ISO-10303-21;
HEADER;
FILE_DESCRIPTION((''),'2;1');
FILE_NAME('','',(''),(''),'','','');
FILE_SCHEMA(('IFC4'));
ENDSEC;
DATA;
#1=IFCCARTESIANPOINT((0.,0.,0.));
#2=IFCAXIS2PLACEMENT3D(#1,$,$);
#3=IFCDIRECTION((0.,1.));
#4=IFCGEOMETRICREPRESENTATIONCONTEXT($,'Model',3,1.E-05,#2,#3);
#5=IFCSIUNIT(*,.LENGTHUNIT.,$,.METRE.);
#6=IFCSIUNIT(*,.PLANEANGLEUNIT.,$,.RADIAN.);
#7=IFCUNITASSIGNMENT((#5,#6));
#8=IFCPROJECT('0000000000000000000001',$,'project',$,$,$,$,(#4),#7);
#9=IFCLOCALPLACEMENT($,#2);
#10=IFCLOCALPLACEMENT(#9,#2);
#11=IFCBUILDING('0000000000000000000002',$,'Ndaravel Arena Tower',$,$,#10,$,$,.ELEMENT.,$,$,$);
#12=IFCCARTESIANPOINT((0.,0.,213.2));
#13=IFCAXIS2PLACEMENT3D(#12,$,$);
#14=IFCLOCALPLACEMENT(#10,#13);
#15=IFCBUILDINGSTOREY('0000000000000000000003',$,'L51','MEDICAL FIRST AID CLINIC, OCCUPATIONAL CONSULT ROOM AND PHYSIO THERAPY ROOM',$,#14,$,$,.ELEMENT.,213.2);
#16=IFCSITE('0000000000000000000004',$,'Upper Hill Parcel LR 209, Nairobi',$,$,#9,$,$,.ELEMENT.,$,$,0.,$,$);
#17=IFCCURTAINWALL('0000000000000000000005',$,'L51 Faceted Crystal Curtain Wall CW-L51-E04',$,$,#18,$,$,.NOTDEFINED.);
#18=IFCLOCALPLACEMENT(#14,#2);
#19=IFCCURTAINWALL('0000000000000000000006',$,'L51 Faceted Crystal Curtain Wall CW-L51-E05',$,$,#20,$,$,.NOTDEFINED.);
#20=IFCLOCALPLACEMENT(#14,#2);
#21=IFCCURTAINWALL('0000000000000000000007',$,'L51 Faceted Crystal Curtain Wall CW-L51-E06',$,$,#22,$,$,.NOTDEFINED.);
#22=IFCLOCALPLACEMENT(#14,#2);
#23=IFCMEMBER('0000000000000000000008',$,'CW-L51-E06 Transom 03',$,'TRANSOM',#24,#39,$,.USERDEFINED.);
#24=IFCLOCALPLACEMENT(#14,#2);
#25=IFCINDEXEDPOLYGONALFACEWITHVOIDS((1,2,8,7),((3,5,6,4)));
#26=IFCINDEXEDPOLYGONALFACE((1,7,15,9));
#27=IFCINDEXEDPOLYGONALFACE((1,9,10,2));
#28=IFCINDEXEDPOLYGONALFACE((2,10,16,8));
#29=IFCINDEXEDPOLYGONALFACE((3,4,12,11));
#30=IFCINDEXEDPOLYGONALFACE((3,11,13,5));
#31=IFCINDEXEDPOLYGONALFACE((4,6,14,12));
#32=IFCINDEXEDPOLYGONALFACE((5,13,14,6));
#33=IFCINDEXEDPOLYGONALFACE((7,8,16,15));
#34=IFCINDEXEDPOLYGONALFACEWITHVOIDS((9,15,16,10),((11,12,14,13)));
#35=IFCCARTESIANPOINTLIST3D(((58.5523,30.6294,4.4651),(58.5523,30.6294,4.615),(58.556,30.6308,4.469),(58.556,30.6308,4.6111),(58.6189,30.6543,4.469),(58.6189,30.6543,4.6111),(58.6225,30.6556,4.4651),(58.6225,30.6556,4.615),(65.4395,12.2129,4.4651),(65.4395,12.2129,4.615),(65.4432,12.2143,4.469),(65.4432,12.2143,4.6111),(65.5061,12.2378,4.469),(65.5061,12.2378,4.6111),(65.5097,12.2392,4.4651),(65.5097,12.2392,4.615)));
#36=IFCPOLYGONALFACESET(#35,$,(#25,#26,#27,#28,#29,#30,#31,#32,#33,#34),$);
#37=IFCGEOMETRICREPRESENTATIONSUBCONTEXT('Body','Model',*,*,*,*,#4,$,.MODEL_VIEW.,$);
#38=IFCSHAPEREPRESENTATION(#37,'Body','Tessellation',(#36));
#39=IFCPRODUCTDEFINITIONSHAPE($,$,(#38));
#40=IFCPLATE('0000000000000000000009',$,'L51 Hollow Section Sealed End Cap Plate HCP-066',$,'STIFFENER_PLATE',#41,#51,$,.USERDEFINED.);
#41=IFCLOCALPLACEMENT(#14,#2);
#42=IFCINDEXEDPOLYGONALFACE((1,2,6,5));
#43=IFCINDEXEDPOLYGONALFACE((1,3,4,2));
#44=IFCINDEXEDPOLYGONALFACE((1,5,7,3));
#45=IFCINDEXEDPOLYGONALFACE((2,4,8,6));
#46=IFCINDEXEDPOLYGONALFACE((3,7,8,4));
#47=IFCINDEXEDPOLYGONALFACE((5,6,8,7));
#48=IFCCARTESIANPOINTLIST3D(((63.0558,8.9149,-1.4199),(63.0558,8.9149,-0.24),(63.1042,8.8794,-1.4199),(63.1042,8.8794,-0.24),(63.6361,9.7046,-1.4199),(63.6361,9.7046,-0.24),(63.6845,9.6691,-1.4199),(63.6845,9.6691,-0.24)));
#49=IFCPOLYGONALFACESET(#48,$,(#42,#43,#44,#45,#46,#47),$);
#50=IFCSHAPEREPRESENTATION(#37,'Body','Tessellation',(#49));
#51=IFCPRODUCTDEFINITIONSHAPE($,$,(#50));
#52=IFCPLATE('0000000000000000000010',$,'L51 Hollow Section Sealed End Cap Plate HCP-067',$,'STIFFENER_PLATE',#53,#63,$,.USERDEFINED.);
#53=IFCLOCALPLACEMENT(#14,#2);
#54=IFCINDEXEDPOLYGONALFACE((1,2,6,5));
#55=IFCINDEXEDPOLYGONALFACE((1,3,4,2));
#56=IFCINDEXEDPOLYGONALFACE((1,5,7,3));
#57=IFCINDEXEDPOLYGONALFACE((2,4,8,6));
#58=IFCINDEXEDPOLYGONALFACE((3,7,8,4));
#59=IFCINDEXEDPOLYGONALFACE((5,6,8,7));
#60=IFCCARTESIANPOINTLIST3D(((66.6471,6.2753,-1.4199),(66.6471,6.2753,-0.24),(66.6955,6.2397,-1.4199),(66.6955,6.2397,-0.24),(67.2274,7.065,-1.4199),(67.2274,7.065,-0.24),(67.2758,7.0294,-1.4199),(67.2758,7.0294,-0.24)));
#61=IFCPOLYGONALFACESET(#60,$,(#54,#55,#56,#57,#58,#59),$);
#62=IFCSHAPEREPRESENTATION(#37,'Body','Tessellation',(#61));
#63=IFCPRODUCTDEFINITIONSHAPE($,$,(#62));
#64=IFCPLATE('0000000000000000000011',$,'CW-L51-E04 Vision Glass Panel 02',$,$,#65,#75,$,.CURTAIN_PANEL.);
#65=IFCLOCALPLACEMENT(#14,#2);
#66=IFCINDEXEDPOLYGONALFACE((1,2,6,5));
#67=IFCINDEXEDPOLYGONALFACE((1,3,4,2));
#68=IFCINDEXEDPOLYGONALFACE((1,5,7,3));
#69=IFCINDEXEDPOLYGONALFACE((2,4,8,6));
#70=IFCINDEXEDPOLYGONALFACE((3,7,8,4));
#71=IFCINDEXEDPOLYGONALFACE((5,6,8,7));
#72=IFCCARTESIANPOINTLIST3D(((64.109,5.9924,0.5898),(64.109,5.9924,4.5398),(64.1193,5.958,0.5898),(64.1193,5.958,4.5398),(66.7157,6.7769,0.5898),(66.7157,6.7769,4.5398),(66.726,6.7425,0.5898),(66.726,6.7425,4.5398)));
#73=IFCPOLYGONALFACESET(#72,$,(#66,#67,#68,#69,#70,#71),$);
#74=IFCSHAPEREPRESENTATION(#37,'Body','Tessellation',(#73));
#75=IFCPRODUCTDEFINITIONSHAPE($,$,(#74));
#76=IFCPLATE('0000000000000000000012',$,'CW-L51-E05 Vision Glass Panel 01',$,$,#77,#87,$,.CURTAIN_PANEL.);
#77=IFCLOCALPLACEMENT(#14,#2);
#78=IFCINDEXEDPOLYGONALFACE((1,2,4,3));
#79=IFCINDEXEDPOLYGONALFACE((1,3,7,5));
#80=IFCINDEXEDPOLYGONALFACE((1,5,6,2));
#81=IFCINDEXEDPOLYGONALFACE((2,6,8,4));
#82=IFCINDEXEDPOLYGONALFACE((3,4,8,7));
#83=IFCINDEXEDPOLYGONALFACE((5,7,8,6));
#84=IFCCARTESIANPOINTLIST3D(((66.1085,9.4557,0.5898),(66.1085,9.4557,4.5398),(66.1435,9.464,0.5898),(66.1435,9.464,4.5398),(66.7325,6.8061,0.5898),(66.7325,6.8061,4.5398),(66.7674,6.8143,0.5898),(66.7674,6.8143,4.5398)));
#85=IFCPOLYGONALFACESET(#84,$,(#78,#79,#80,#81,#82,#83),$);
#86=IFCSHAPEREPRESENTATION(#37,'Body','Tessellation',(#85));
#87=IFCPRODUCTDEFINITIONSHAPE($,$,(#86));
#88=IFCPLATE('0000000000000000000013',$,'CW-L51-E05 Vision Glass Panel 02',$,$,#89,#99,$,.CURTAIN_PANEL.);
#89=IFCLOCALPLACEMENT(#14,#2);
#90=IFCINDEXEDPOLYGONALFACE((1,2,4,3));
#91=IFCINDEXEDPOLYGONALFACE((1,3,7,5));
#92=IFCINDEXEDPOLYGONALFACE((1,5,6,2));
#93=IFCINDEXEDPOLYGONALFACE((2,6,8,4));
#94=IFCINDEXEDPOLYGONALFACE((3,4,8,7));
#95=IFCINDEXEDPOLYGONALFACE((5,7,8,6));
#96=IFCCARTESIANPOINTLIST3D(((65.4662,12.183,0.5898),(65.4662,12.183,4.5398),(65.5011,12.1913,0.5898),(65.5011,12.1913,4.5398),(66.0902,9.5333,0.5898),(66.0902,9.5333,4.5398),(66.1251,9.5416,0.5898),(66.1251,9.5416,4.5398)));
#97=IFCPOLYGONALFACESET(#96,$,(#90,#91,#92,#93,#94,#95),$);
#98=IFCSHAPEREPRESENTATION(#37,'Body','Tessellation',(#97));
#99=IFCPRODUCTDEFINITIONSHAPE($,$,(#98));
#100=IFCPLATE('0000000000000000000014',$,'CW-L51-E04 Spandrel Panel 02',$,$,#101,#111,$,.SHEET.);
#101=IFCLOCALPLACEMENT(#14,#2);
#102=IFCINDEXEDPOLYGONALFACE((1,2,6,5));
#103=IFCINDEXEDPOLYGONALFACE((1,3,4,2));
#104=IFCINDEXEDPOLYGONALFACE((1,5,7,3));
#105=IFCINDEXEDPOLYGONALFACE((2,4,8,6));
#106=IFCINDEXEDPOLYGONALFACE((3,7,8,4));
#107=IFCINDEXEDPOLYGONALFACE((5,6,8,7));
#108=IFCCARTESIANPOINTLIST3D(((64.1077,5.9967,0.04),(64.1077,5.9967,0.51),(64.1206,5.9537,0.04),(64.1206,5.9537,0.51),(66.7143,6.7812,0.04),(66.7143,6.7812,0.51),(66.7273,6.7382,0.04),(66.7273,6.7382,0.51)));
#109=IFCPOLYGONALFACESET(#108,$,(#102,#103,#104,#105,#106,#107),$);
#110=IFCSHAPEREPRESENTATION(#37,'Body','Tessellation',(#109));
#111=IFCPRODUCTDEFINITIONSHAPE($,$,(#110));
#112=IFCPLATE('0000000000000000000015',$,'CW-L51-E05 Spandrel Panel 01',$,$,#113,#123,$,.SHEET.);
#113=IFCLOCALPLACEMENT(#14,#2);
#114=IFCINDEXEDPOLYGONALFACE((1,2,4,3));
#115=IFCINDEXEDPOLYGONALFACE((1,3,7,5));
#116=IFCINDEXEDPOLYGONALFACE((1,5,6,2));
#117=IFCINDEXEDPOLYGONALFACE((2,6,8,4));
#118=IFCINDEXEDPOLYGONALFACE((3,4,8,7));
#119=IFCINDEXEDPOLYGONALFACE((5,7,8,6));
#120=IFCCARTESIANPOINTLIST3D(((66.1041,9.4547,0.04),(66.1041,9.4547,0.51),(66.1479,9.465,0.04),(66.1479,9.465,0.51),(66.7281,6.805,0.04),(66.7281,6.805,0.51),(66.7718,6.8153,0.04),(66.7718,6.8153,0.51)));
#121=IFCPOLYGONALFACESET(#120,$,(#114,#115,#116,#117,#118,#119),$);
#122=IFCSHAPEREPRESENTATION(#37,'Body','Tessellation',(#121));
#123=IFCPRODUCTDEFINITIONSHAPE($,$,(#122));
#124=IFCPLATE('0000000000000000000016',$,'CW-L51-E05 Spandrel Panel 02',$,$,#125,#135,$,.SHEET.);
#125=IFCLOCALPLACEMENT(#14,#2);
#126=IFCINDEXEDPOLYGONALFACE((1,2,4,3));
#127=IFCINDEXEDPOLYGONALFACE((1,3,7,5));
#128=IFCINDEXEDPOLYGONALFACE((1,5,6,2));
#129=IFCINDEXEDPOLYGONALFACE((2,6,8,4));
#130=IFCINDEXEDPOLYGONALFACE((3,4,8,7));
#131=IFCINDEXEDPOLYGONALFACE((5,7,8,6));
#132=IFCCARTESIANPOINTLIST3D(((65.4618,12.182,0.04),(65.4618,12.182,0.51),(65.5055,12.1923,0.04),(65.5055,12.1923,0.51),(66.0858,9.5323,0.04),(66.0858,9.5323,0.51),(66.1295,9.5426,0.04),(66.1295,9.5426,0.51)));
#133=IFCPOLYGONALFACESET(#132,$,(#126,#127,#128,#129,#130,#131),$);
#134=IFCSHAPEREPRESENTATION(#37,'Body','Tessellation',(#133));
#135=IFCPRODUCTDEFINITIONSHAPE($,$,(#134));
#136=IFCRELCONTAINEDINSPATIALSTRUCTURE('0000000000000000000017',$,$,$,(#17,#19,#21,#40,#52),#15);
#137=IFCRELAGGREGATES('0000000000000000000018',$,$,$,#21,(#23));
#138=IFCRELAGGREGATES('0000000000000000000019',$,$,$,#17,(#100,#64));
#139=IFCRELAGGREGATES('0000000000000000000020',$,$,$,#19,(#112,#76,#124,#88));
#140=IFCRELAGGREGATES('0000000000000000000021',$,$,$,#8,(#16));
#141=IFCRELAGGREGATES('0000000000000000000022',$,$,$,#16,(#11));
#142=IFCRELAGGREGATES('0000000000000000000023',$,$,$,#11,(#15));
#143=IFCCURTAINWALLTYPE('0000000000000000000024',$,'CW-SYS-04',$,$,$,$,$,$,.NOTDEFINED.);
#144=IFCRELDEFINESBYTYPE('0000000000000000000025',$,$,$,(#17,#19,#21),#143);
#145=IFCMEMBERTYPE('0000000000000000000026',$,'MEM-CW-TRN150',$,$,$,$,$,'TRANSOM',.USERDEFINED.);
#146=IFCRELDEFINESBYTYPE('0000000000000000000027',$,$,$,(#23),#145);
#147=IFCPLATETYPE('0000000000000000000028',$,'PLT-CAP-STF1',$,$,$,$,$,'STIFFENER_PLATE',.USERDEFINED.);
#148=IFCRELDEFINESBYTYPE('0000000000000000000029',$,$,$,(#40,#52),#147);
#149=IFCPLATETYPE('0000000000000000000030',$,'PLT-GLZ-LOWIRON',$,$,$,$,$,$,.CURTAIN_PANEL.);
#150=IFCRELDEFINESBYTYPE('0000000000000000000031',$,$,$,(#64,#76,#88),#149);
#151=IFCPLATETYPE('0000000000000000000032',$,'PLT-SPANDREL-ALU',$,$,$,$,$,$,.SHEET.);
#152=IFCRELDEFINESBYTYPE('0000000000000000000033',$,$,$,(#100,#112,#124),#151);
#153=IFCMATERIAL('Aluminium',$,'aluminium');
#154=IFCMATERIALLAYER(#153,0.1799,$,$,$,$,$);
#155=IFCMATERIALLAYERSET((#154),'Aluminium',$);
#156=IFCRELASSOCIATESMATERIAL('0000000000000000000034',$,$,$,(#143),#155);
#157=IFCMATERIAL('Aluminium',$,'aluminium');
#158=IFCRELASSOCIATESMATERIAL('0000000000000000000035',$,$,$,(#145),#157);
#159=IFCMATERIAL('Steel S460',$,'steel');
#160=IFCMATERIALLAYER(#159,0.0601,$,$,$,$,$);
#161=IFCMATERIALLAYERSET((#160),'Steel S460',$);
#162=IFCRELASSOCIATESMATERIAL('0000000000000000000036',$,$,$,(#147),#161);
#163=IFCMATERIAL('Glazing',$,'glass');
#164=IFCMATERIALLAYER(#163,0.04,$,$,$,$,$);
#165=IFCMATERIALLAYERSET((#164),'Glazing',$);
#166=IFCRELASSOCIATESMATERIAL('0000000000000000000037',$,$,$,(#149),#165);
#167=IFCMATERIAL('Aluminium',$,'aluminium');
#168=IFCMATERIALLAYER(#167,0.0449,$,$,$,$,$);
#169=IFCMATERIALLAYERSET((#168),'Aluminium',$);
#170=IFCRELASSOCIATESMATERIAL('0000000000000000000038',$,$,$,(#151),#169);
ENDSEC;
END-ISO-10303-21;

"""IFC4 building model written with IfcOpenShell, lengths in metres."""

from ifc_helpers import new_model, si_unit, direction, frame, origin, origin_2d, place, context, subcontext, project, spatial, rectangle, hollow_rectangle, extrude, material, layer, layer_set, material_profile, profile_set, type_object, element, aggregate, save


model = new_model("IFC4")

# Units and contexts
model_context = context("Model", 3, precision=1e-05, world=origin(), true_north=direction((0.0, 1.0)))
body_context = subcontext(model_context, "Body", "Model", "MODEL_VIEW")
ifc_project = project(units=[si_unit("LENGTHUNIT", "METRE"), si_unit("PLANEANGLEUNIT", "RADIAN")], contexts=[model_context])

# Site, building, storey
site_placement = place(None, origin())
site = spatial("IfcSite", under=ifc_project, at=site_placement, Name="Upper Hill Parcel LR 209, Nairobi", CompositionType="ELEMENT", RefElevation=0.0)
building_placement = place(site_placement, origin())
building = spatial("IfcBuilding", under=site, at=building_placement, Name="Ndaravel Arena Tower", CompositionType="ELEMENT")
storey_placement = place(building_placement, frame((0.0, 0.0, 213.2)))
storey = spatial("IfcBuildingStorey", under=building, at=storey_placement, Name="L51", Description="MEDICAL FIRST AID CLINIC, OCCUPATIONAL CONSULT ROOM AND PHYSIO THERAPY ROOM", CompositionType="ELEMENT", Elevation=213.2)

# Curtain wall
ifc_material_1 = material(Name="Aluminium", Category="aluminium")
ifc_layer_1 = layer(ifc_material_1, 0.1799)
ifc_layer_set_1 = layer_set([ifc_layer_1], Name="Aluminium")
curtain_wall_type = type_object("IfcCurtainWallType", Name="CW-SYS-04", PredefinedType="NOTDEFINED", material=ifc_layer_set_1)
curtain_wall_1_placement = place(storey_placement, origin())
curtain_wall_1 = element("IfcCurtainWall", 1, at=curtain_wall_1_placement, inside=storey, type_object=curtain_wall_type, Name="L51 Faceted Crystal Curtain Wall CW-L51-E04", PredefinedType="NOTDEFINED")

# Curtain wall
curtain_wall_2_placement = place(storey_placement, origin())
curtain_wall_2 = element("IfcCurtainWall", 2, at=curtain_wall_2_placement, inside=storey, type_object=curtain_wall_type, Name="L51 Faceted Crystal Curtain Wall CW-L51-E05", PredefinedType="NOTDEFINED")

# Curtain wall
curtain_wall_3_placement = place(storey_placement, origin())
curtain_wall_3 = element("IfcCurtainWall", 3, at=curtain_wall_3_placement, inside=storey, type_object=curtain_wall_type, Name="L51 Faceted Crystal Curtain Wall CW-L51-E06", PredefinedType="NOTDEFINED")

# Member
ifc_material_2 = material(Name="Aluminium", Category="aluminium")
ifc_material_profile_1 = material_profile(ifc_material_2, hollow_rectangle(XDim=0.075, YDim=0.1499, WallThickness=0.0039, at=origin_2d()), Name="CW TRANSOM 75x150x4")
ifc_profile_set_1 = profile_set([ifc_material_profile_1], Name="Aluminium")
member_type_1 = type_object("IfcMemberType", Name="MEM-CW-TRN150", ElementType="TRANSOM", PredefinedType="USERDEFINED", material=ifc_profile_set_1)
member_1_placement = place(storey_placement, frame((65.4746, 12.2261, 4.54), z_axis=(-0.350277, 0.936646, 0.0), x_axis=(-0.936646, -0.350277, 0.0)))
member_1 = element("IfcMember", 4, at=member_1_placement, type_object=member_type_1, Name="CW-L51-E06 Transom 03", ObjectType="TRANSOM", PredefinedType="USERDEFINED", context=body_context, shape_type="SweptSolid", body=[
    extrude(hollow_rectangle(XDim=0.075, YDim=0.1499, WallThickness=0.0039, at=origin_2d()), origin(), (0.0, 0.0, 1.0), 19.6621),
])
aggregate(curtain_wall_3, [member_1])

# Plates
ifc_material_3 = material(Name="Steel S460", Category="steel")
ifc_layer_2 = layer(ifc_material_3, 0.0601)
ifc_layer_set_2 = layer_set([ifc_layer_2], Name="Steel S460")
plate_type_1 = type_object("IfcPlateType", Name="PLT-CAP-STF1", ElementType="STIFFENER_PLATE", PredefinedType="USERDEFINED", material=ifc_layer_set_2)
for number, where, z_axis, x_axis, name in (
    (5, (63.3701, 9.292, -1.4199), (0.0, 0.0, 1.0), (0.805825, -0.592154, 0.0), "L51 Hollow Section Sealed End Cap Plate HCP-066"),
    (6, (66.9614, 6.6523, -1.4199), (0.0, 0.0, 1.0), (0.805825, -0.592154, 0.0), "L51 Hollow Section Sealed End Cap Plate HCP-067"),
):
    element("IfcPlate", number, at=place(storey_placement, frame(where, z_axis=z_axis, x_axis=x_axis)), inside=storey, type_object=plate_type_1, Name=name, ObjectType="STIFFENER_PLATE", PredefinedType="USERDEFINED", context=body_context, shape_type="SweptSolid", body=[
        extrude(rectangle(XDim=0.0601, YDim=0.98, at=origin_2d()), origin(), (0.0, 0.0, 1.0), 1.1799),
    ])

# Plates
ifc_material_4 = material(Name="Glazing", Category="glass")
ifc_layer_3 = layer(ifc_material_4, 0.04)
ifc_layer_set_3 = layer_set([ifc_layer_3], Name="Glazing")
plate_type_2 = type_object("IfcPlateType", Name="PLT-GLZ-LOWIRON", PredefinedType="CURTAIN_PANEL", material=ifc_layer_set_3)
plate_1_placement = place(storey_placement, frame((65.4175, 6.3674, 0.5898), z_axis=(0.0, 0.0, 1.0), x_axis=(0.957576, 0.28818, 0.0)))
plate_1 = element("IfcPlate", 7, at=plate_1_placement, type_object=plate_type_2, Name="CW-L51-E04 Vision Glass Panel 02", PredefinedType="CURTAIN_PANEL", context=body_context, shape_type="SweptSolid", body=[
    extrude(rectangle(XDim=2.7222, YDim=0.0359, at=origin_2d()), origin(), (0.0, 0.0, 1.0), 3.95),
])
plate_2_placement = place(storey_placement, frame((66.438, 8.135, 0.5898), z_axis=(0.0, 0.0, 1.0), x_axis=(-0.229217, 0.973375, 0.0)))
plate_2 = element("IfcPlate", 8, at=plate_2_placement, type_object=plate_type_2, Name="CW-L51-E05 Vision Glass Panel 01", PredefinedType="CURTAIN_PANEL", context=body_context, shape_type="SweptSolid", body=[
    extrude(rectangle(XDim=2.7222, YDim=0.0359, at=origin_2d()), origin(), (0.0, 0.0, 1.0), 3.95),
])
plate_3_placement = place(storey_placement, frame((65.7957, 10.8623, 0.5898), z_axis=(0.0, 0.0, 1.0), x_axis=(-0.229217, 0.973375, 0.0)))
plate_3 = element("IfcPlate", 9, at=plate_3_placement, type_object=plate_type_2, Name="CW-L51-E05 Vision Glass Panel 02", PredefinedType="CURTAIN_PANEL", context=body_context, shape_type="SweptSolid", body=[
    extrude(rectangle(XDim=2.7222, YDim=0.0359, at=origin_2d()), origin(), (0.0, 0.0, 1.0), 3.95),
])
ifc_material_5 = material(Name="Aluminium", Category="aluminium")
ifc_layer_4 = layer(ifc_material_5, 0.0449)
ifc_layer_set_4 = layer_set([ifc_layer_4], Name="Aluminium")
plate_type_3 = type_object("IfcPlateType", Name="PLT-SPANDREL-ALU", PredefinedType="SHEET", material=ifc_layer_set_4)
plate_4_placement = place(storey_placement, frame((65.4175, 6.3674, 0.04), z_axis=(0.0, 0.0, 1.0), x_axis=(0.957576, 0.28818, 0.0)))
plate_4 = element("IfcPlate", 10, at=plate_4_placement, type_object=plate_type_3, Name="CW-L51-E04 Spandrel Panel 02", PredefinedType="SHEET", context=body_context, shape_type="SweptSolid", body=[
    extrude(rectangle(XDim=2.7222, YDim=0.0449, at=origin_2d()), origin(), (0.0, 0.0, 1.0), 0.47),
])
aggregate(curtain_wall_1, [plate_4, plate_1])
plate_5_placement = place(storey_placement, frame((66.438, 8.135, 0.04), z_axis=(0.0, 0.0, 1.0), x_axis=(-0.229217, 0.973375, 0.0)))
plate_5 = element("IfcPlate", 11, at=plate_5_placement, type_object=plate_type_3, Name="CW-L51-E05 Spandrel Panel 01", PredefinedType="SHEET", context=body_context, shape_type="SweptSolid", body=[
    extrude(rectangle(XDim=2.7222, YDim=0.0449, at=origin_2d()), origin(), (0.0, 0.0, 1.0), 0.47),
])
plate_6_placement = place(storey_placement, frame((65.7957, 10.8623, 0.04), z_axis=(0.0, 0.0, 1.0), x_axis=(-0.229217, 0.973375, 0.0)))
plate_6 = element("IfcPlate", 12, at=plate_6_placement, type_object=plate_type_3, Name="CW-L51-E05 Spandrel Panel 02", PredefinedType="SHEET", context=body_context, shape_type="SweptSolid", body=[
    extrude(rectangle(XDim=2.7222, YDim=0.0449, at=origin_2d()), origin(), (0.0, 0.0, 1.0), 0.47),
])
aggregate(curtain_wall_2, [plate_5, plate_2, plate_6, plate_3])

save(model, "model.ifc")
